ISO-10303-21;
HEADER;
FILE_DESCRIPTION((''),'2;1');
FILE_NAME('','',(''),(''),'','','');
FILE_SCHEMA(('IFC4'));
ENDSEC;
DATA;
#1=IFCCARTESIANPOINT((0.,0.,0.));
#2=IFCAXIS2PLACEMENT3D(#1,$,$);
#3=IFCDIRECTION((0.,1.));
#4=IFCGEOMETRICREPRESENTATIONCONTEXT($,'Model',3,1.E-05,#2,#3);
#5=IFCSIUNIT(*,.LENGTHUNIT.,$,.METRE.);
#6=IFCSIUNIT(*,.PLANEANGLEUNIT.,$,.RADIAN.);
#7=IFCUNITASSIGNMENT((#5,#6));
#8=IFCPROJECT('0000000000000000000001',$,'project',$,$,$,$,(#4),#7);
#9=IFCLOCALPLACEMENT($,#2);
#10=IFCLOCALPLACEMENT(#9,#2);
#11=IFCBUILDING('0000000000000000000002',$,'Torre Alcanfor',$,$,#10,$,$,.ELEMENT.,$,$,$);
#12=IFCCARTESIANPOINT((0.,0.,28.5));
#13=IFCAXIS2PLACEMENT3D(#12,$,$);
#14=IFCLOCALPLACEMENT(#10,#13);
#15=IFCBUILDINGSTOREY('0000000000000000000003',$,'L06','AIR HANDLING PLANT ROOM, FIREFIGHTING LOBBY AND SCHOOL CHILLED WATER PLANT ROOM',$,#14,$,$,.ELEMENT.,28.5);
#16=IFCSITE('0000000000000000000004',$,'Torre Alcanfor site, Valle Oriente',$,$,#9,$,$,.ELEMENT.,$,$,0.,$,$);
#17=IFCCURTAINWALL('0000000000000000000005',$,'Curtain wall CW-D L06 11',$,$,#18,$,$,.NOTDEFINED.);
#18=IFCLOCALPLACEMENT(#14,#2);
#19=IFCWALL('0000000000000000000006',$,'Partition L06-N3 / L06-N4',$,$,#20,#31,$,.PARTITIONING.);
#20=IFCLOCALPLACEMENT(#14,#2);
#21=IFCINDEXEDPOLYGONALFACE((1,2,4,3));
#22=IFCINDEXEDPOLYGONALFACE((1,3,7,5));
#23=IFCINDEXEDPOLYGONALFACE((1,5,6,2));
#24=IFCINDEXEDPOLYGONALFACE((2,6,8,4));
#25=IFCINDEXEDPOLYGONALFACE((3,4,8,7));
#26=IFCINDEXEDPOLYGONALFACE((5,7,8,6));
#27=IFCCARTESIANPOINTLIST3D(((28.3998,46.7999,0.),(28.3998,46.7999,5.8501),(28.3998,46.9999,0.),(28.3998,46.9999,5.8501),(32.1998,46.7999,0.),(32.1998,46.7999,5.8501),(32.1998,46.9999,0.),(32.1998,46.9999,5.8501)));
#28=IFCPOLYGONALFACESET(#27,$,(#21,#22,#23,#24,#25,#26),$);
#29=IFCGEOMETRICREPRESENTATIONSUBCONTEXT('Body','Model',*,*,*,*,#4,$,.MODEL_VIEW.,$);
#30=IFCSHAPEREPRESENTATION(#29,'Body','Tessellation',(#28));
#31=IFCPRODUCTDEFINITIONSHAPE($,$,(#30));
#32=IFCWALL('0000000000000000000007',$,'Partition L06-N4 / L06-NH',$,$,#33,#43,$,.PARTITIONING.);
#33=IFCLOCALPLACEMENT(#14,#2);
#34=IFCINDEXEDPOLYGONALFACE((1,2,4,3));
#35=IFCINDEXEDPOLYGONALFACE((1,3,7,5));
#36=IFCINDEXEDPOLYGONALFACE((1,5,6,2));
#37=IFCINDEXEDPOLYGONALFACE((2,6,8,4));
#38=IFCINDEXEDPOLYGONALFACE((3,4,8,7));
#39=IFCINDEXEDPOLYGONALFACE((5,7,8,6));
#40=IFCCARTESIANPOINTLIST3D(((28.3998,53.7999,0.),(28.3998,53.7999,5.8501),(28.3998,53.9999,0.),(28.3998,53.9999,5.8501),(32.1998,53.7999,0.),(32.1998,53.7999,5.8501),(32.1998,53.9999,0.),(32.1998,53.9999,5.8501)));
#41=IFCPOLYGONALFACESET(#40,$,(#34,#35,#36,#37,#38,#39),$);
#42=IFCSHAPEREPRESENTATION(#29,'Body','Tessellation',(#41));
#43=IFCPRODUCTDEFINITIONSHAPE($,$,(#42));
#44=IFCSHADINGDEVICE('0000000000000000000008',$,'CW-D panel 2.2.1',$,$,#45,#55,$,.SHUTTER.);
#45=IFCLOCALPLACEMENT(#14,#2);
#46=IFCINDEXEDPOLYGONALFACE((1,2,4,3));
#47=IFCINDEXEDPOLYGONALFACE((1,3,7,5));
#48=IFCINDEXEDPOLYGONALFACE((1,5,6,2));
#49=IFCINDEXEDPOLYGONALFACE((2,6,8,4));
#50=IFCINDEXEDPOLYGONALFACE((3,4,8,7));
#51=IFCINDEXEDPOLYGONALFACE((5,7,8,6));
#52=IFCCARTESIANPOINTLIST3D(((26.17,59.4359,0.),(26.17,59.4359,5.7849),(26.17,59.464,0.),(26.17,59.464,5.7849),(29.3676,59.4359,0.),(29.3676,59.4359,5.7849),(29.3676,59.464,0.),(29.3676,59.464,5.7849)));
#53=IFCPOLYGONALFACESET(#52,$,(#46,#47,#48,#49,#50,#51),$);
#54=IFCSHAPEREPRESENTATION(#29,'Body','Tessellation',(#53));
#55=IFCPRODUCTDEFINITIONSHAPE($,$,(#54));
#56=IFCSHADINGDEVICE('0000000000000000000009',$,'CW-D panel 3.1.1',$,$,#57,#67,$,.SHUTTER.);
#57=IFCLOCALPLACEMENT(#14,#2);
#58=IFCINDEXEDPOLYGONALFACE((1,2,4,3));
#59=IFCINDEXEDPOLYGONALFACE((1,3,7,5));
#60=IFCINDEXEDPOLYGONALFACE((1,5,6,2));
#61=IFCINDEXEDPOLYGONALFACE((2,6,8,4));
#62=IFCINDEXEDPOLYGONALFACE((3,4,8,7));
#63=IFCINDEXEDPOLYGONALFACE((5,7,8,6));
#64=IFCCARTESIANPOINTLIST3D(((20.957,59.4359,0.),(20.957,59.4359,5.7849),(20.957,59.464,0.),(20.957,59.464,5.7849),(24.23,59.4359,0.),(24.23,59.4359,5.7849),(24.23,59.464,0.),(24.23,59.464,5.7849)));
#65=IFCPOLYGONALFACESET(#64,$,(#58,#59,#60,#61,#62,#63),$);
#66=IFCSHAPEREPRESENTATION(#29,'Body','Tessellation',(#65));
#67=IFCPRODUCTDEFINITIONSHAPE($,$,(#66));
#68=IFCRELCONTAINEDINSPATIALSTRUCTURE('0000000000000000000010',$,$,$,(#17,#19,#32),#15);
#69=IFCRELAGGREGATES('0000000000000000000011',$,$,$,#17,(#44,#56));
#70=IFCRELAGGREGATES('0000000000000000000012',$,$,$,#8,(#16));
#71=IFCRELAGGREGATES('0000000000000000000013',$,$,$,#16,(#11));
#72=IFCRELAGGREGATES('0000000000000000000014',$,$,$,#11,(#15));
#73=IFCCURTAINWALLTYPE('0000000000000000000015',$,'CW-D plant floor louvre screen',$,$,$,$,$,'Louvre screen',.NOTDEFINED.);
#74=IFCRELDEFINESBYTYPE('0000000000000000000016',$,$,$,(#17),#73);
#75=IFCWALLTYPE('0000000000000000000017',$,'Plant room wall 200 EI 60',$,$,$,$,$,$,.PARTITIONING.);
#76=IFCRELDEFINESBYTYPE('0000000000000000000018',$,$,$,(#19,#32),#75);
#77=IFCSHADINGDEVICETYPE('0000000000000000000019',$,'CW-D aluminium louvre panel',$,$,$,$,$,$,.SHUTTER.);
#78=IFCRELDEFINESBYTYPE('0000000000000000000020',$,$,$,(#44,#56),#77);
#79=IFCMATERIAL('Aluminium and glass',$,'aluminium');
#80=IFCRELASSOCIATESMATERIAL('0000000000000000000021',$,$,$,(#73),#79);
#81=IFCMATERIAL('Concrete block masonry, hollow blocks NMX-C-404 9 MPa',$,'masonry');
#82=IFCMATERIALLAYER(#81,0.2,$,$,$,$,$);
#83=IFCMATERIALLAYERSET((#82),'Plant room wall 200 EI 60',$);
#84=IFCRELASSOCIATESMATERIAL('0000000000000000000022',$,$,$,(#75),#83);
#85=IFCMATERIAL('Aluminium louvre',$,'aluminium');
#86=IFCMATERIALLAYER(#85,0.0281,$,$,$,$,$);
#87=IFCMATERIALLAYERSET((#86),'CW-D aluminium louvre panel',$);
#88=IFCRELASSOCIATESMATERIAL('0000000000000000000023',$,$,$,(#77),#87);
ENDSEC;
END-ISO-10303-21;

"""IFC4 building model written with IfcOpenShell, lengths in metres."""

from ifc_helpers import new_model, si_unit, direction, frame, frame_2d, origin, origin_2d, place, context, subcontext, project, spatial, rectangle, extrude, material, layer, layer_set, type_object, element, aggregate, save


model = new_model("IFC4")

# Units and contexts
model_context = context("Model", 3, precision=1e-05, world=origin(), true_north=direction((0.0, 1.0)))
body_context = subcontext(model_context, "Body", "Model", "MODEL_VIEW")
ifc_project = project(units=[si_unit("LENGTHUNIT", "METRE"), si_unit("PLANEANGLEUNIT", "RADIAN")], contexts=[model_context])

# Site, building, storey
site_placement = place(None, origin())
site = spatial("IfcSite", under=ifc_project, at=site_placement, Name="Torre Alcanfor site, Valle Oriente", CompositionType="ELEMENT", RefElevation=0.0)
building_placement = place(site_placement, origin())
building = spatial("IfcBuilding", under=site, at=building_placement, Name="Torre Alcanfor", CompositionType="ELEMENT")
storey_placement = place(building_placement, frame((0.0, 0.0, 28.5)))
storey = spatial("IfcBuildingStorey", under=building, at=storey_placement, Name="L06", Description="AIR HANDLING PLANT ROOM, FIREFIGHTING LOBBY AND SCHOOL CHILLED WATER PLANT ROOM", CompositionType="ELEMENT", Elevation=28.5)

# Curtain wall
ifc_material_1 = material(Name="Aluminium and glass", Category="aluminium")
curtain_wall_type = type_object("IfcCurtainWallType", Name="CW-D plant floor louvre screen", ElementType="Louvre screen", PredefinedType="NOTDEFINED", material=ifc_material_1)
curtain_wall_placement = place(storey_placement, origin())
curtain_wall = element("IfcCurtainWall", 1, at=curtain_wall_placement, inside=storey, type_object=curtain_wall_type, Name="Curtain wall CW-D L06 11", PredefinedType="NOTDEFINED")

# Shared definitions
ifc_material_2 = material(Name="Concrete block masonry, hollow blocks NMX-C-404 9 MPa", Category="masonry")
ifc_layer_1 = layer(ifc_material_2, 0.2)
ifc_layer_set_1 = layer_set([ifc_layer_1], Name="Plant room wall 200 EI 60")
wall_type = type_object("IfcWallType", Name="Plant room wall 200 EI 60", PredefinedType="PARTITIONING", material=ifc_layer_set_1)

# Walls
for number, where, z_axis, x_axis, name in (
    (2, (28.3999, 46.8999, 0.0), (0.0, 0.0, 1.0), (1.0, 0.0, 0.0), "Partition L06-N3 / L06-N4"),
    (3, (28.3999, 53.8999, 0.0), (0.0, 0.0, 1.0), (1.0, 0.0, 0.0), "Partition L06-N4 / L06-NH"),
):
    element("IfcWall", number, at=place(storey_placement, frame(where, z_axis=z_axis, x_axis=x_axis)), inside=storey, type_object=wall_type, Name=name, PredefinedType="PARTITIONING", context=body_context, shape_type="SweptSolid", body=[
        extrude(rectangle(XDim=3.8, YDim=0.2, at=frame_2d((1.8999, 0.0))), origin(), (0.0, 0.0, 1.0), 5.8501),
    ])

# Shading devices
ifc_material_3 = material(Name="Aluminium louvre", Category="aluminium")
ifc_layer_2 = layer(ifc_material_3, 0.0281)
ifc_layer_set_2 = layer_set([ifc_layer_2], Name="CW-D aluminium louvre panel")
shading_device_type = type_object("IfcShadingDeviceType", Name="CW-D aluminium louvre panel", PredefinedType="SHUTTER", material=ifc_layer_set_2)
shading_device_1_placement = place(storey_placement, frame((27.7688, 59.45, 0.0), z_axis=(0.0, 0.0, 1.0), x_axis=(-1.0, 0.0, 0.0)))
shading_device_1 = element("IfcShadingDevice", 4, at=shading_device_1_placement, type_object=shading_device_type, Name="CW-D panel 2.2.1", PredefinedType="SHUTTER", context=body_context, shape_type="SweptSolid", body=[
    extrude(rectangle(XDim=3.1975, YDim=0.0281, at=origin_2d()), origin(), (0.0, 0.0, 1.0), 5.7849),
])
shading_device_2_placement = place(storey_placement, frame((22.5935, 59.45, 0.0), z_axis=(0.0, 0.0, 1.0), x_axis=(-1.0, 0.0, 0.0)))
shading_device_2 = element("IfcShadingDevice", 5, at=shading_device_2_placement, type_object=shading_device_type, Name="CW-D panel 3.1.1", PredefinedType="SHUTTER", context=body_context, shape_type="SweptSolid", body=[
    extrude(rectangle(XDim=3.2729, YDim=0.0281, at=origin_2d()), origin(), (0.0, 0.0, 1.0), 5.7849),
])
aggregate(curtain_wall, [shading_device_1, shading_device_2])

save(model, "model.ifc")
